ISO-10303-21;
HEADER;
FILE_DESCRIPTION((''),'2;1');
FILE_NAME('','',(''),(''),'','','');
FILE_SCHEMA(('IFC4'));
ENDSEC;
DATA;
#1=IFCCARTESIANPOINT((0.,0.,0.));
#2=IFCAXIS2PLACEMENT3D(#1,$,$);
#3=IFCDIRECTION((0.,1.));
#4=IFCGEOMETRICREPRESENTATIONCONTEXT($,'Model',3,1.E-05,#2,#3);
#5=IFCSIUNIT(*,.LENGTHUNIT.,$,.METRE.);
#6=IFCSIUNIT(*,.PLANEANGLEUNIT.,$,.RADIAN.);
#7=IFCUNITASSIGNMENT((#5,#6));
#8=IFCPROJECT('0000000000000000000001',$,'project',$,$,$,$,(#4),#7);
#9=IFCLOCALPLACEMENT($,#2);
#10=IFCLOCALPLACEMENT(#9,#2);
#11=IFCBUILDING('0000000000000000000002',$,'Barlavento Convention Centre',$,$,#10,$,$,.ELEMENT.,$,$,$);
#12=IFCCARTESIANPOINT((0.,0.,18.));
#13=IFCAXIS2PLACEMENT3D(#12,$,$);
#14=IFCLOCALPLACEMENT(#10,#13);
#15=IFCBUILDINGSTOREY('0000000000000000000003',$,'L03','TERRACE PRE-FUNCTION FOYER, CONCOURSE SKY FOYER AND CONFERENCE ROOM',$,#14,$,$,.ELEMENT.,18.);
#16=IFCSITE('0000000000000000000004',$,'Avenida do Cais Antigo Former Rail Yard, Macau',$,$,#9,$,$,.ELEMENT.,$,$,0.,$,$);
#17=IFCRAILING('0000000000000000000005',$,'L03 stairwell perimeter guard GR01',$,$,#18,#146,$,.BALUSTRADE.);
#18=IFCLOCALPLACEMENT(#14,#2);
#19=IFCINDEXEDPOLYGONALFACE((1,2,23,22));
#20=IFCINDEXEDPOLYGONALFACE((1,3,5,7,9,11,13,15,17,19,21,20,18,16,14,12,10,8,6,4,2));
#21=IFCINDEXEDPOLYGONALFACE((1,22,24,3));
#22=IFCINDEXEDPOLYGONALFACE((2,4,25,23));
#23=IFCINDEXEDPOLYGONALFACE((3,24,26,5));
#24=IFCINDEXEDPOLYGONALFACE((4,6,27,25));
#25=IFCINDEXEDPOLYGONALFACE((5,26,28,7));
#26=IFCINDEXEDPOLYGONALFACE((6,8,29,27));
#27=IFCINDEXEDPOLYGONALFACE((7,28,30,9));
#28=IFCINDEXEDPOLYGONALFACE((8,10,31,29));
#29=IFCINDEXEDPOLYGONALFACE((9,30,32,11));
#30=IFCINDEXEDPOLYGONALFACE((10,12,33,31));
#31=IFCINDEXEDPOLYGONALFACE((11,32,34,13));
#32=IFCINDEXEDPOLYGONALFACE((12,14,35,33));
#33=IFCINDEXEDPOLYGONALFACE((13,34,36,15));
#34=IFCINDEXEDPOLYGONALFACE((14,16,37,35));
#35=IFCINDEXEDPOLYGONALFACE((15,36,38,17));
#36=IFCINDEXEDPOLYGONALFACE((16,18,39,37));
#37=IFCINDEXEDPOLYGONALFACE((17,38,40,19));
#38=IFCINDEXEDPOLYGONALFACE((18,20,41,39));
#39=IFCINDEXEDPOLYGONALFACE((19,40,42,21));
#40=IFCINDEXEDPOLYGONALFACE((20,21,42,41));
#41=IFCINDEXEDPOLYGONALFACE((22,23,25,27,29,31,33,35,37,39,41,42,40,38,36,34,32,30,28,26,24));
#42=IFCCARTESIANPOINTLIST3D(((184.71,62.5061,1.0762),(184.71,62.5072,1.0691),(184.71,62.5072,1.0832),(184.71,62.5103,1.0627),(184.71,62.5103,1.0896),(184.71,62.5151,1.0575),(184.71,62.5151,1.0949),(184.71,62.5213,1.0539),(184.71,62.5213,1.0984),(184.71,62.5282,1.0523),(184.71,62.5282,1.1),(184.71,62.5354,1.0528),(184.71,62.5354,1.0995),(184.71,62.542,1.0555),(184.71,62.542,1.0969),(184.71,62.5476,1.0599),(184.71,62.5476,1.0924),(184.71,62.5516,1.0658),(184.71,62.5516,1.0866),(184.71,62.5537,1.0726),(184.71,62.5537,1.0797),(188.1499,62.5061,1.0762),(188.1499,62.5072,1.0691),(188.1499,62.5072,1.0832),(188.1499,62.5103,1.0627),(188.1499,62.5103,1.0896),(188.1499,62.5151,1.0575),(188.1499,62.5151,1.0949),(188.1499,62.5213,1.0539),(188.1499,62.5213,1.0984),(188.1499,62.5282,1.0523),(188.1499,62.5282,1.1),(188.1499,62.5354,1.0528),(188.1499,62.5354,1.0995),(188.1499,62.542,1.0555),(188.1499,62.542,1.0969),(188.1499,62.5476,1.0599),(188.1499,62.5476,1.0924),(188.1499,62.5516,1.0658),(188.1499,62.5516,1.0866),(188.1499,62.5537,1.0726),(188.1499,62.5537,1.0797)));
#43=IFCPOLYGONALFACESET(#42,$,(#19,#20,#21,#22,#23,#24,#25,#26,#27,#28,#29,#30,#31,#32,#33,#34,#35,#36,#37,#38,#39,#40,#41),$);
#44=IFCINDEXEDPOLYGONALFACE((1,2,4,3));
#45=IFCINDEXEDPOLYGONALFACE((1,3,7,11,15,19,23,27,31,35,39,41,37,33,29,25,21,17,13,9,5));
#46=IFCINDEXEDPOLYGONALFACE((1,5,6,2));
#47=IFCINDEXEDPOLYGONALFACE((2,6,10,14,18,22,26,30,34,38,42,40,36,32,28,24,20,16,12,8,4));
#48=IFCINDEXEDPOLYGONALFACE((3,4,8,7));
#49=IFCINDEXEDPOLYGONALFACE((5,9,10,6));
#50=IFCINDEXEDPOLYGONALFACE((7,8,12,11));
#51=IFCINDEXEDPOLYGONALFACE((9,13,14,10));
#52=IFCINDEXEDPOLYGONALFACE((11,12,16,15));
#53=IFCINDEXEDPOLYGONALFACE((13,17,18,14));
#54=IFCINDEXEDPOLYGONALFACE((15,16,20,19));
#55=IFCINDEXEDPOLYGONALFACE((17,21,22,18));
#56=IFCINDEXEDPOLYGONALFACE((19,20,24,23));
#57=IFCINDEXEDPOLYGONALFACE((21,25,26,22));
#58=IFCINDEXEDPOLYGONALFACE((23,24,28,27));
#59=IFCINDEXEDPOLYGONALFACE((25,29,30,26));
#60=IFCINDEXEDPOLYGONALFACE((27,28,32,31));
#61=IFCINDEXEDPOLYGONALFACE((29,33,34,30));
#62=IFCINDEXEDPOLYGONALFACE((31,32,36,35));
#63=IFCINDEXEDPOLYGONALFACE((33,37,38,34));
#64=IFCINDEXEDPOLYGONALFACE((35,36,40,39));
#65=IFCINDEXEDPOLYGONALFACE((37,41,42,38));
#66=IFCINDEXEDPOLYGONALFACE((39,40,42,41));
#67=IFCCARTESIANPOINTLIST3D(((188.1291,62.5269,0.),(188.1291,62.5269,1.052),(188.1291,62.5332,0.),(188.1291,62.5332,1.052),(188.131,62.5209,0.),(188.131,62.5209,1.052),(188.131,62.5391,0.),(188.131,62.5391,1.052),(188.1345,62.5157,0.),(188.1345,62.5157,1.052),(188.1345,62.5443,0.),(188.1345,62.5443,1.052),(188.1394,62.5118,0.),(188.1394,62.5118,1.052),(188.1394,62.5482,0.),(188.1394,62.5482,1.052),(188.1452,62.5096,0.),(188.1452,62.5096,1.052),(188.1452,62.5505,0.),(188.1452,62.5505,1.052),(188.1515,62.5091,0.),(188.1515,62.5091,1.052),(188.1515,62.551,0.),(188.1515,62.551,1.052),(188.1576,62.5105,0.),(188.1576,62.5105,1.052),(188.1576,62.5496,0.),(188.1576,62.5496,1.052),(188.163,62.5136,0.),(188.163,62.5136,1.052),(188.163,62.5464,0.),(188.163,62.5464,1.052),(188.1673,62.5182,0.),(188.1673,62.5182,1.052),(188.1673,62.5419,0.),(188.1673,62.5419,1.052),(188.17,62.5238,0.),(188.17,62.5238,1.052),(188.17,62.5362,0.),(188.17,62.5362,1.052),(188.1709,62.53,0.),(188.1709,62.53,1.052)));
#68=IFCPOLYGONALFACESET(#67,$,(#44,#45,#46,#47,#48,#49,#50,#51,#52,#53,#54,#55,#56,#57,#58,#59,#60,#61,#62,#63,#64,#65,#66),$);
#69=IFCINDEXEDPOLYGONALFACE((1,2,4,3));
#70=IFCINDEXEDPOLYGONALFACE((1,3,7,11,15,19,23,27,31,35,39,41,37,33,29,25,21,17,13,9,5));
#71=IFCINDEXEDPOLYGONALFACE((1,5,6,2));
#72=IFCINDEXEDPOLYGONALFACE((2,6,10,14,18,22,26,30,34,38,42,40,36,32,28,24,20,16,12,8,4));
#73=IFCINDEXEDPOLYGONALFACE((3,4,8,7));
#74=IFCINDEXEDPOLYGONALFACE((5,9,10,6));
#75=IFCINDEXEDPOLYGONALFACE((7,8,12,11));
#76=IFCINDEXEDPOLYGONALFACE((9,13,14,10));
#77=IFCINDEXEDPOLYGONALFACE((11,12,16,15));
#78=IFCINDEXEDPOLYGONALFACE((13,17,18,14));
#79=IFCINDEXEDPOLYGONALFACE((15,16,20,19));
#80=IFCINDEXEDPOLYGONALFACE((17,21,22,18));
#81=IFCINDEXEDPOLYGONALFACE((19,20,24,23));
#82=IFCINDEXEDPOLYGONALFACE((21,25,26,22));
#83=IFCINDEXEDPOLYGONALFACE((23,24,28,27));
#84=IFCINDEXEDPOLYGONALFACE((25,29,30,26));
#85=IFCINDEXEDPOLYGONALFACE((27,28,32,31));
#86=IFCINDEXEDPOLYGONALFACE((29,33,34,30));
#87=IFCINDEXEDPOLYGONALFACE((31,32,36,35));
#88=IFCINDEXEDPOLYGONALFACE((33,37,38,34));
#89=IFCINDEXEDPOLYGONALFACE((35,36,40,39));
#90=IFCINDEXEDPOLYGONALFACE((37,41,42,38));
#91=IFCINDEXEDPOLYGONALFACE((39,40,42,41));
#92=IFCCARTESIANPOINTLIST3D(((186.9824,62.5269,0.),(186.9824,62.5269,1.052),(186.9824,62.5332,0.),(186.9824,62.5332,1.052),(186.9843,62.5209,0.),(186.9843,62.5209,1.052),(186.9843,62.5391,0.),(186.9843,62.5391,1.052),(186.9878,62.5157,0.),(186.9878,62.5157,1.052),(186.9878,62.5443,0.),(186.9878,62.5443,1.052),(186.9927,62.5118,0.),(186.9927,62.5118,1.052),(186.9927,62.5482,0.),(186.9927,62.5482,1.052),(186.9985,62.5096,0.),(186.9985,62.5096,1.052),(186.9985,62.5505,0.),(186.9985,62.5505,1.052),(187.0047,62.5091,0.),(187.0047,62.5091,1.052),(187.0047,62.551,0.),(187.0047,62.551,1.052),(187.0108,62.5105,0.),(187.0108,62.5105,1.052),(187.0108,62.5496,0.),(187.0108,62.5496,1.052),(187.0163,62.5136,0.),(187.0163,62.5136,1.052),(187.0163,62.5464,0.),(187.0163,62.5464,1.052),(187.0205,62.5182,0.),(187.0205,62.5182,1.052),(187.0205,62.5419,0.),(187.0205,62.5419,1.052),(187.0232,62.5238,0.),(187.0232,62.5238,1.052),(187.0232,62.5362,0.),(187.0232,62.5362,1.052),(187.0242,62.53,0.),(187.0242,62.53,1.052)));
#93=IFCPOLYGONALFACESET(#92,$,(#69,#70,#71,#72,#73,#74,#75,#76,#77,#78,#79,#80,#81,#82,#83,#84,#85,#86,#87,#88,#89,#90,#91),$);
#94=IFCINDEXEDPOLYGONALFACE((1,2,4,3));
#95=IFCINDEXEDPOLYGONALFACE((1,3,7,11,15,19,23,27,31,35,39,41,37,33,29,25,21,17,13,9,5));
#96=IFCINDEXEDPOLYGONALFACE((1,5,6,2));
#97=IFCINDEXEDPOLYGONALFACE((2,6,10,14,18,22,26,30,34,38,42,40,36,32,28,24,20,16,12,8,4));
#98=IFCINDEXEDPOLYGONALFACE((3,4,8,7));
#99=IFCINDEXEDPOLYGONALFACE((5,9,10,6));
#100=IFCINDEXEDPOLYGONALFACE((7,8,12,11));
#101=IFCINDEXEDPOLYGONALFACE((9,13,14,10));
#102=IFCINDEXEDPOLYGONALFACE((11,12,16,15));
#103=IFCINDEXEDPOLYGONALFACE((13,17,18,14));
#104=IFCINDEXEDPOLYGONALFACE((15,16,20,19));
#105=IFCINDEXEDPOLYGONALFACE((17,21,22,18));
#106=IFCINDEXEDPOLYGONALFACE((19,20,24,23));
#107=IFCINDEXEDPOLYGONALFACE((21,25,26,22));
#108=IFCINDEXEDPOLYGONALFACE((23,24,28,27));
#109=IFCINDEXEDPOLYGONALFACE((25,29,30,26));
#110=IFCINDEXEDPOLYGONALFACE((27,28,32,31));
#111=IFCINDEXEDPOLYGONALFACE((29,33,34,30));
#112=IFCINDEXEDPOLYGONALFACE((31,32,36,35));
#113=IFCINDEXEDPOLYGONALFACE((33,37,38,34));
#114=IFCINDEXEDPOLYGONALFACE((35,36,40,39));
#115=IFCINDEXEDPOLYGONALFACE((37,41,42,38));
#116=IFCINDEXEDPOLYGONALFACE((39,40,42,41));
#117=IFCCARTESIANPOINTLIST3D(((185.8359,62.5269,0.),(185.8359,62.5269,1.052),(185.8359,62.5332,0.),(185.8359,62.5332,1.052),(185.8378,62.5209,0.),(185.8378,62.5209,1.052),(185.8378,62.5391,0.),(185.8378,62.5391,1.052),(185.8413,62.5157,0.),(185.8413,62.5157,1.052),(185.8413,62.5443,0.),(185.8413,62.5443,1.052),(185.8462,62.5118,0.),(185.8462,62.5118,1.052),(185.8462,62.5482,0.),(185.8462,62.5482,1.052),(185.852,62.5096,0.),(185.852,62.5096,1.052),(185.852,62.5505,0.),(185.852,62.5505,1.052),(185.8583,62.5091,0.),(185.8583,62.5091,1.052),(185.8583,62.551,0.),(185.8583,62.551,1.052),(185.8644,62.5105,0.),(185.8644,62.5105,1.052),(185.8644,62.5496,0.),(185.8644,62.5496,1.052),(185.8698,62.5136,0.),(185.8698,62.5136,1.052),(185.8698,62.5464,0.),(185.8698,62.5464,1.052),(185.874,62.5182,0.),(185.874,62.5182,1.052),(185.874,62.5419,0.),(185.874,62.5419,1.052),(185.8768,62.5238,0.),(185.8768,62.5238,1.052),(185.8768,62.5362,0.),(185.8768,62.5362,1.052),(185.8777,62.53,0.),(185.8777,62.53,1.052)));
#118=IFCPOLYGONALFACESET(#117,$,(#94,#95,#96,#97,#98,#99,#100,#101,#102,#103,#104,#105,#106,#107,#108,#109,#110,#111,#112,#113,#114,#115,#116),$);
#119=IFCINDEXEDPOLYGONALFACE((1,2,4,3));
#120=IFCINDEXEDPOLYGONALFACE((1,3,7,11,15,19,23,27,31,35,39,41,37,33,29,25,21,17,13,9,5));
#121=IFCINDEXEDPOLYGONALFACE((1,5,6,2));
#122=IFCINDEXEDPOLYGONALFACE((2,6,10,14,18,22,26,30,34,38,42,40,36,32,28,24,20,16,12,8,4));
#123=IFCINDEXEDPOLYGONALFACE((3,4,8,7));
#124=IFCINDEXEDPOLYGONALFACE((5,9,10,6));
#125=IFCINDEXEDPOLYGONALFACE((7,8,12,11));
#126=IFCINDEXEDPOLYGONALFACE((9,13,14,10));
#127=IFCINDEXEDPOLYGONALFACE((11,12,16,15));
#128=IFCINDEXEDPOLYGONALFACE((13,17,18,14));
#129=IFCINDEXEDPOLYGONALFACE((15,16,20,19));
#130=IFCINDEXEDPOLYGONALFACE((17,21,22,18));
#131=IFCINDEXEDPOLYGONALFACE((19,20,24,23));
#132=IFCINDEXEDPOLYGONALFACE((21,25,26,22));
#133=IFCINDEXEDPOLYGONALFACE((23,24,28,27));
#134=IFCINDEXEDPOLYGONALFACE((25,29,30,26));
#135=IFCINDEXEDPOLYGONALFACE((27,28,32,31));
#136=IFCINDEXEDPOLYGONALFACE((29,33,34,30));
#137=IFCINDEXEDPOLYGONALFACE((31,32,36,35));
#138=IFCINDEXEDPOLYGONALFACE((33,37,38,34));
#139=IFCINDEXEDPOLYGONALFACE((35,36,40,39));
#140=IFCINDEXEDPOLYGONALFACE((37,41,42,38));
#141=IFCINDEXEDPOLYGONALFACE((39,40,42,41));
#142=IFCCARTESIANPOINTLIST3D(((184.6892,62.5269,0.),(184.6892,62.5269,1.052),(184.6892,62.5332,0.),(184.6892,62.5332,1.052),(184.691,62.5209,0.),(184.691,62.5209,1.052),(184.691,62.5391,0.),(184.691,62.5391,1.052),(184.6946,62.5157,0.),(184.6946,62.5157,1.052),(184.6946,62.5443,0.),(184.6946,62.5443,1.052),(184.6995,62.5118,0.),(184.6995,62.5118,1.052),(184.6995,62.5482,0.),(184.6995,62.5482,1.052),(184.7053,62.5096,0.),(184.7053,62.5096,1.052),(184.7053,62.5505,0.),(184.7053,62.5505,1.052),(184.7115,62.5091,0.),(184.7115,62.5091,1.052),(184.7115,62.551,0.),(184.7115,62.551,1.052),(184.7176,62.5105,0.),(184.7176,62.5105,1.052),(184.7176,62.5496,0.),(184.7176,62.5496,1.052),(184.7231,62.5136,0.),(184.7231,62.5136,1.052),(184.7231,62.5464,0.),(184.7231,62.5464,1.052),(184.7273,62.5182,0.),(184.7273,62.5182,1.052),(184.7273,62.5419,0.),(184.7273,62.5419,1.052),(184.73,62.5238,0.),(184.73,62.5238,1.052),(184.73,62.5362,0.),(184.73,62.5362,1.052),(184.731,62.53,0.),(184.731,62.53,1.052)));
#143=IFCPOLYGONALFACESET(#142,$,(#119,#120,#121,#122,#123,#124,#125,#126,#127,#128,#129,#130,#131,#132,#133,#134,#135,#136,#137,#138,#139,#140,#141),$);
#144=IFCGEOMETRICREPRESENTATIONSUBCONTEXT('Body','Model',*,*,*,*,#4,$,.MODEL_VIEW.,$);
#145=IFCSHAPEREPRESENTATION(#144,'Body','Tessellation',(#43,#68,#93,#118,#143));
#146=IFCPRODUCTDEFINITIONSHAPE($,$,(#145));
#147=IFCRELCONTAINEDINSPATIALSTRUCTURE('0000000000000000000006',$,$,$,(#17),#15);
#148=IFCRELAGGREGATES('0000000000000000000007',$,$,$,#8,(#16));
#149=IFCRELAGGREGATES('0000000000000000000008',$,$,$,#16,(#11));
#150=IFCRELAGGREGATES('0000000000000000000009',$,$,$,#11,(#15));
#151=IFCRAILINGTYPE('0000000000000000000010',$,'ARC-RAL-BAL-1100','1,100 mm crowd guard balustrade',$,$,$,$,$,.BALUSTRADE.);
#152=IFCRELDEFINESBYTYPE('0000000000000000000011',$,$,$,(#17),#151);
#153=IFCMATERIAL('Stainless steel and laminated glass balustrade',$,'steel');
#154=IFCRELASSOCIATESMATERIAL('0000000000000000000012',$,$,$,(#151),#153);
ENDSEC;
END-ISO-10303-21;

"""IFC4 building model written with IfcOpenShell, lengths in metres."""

from ifc_helpers import new_model, si_unit, direction, frame, origin, origin_2d, place, context, subcontext, project, spatial, circle, extrude, material, type_object, element, save


model = new_model("IFC4")

# Units and contexts
model_context = context("Model", 3, precision=1e-05, world=origin(), true_north=direction((0.0, 1.0)))
body_context = subcontext(model_context, "Body", "Model", "MODEL_VIEW")
ifc_project = project(units=[si_unit("LENGTHUNIT", "METRE"), si_unit("PLANEANGLEUNIT", "RADIAN")], contexts=[model_context])

# Site, building, storey
site_placement = place(None, origin())
site = spatial("IfcSite", under=ifc_project, at=site_placement, Name="Avenida do Cais Antigo Former Rail Yard, Macau", CompositionType="ELEMENT", RefElevation=0.0)
building_placement = place(site_placement, origin())
building = spatial("IfcBuilding", under=site, at=building_placement, Name="Barlavento Convention Centre", CompositionType="ELEMENT")
storey_placement = place(building_placement, frame((0.0, 0.0, 18.0)))
storey = spatial("IfcBuildingStorey", under=building, at=storey_placement, Name="L03", Description="TERRACE PRE-FUNCTION FOYER, CONCOURSE SKY FOYER AND CONFERENCE ROOM", CompositionType="ELEMENT", Elevation=18.0)

# Railing
ifc_material_1 = material(Name="Stainless steel and laminated glass balustrade", Category="steel")
railing_type_1 = type_object("IfcRailingType", Name="ARC-RAL-BAL-1100", Description="1,100 mm crowd guard balustrade", PredefinedType="BALUSTRADE", material=ifc_material_1)
railing_1_placement = place(storey_placement, frame((188.1499, 62.53, 0.0)))
element("IfcRailing", 1, at=railing_1_placement, inside=storey, type_object=railing_type_1, Name="L03 stairwell perimeter guard GR01", PredefinedType="BALUSTRADE", context=body_context, shape_type="SweptSolid", body=[
    extrude(circle(Radius=0.0239, at=origin_2d()), frame((0.0, 0.0, 1.0762), z_axis=(-1.0, 0.0, 0.0), x_axis=(0.0, -1.0, 0.0)), (0.0, 0.0, 1.0), 3.4399),
    extrude(circle(Radius=0.021, at=origin_2d()), origin(), (0.0, 0.0, 1.0), 1.052),
    extrude(circle(Radius=0.021, at=origin_2d()), frame((-1.1467, 0.0, 0.0)), (0.0, 0.0, 1.0), 1.052),
    extrude(circle(Radius=0.021, at=origin_2d()), frame((-2.2932, 0.0, 0.0)), (0.0, 0.0, 1.0), 1.052),
    extrude(circle(Radius=0.021, at=origin_2d()), frame((-3.4399, 0.0, 0.0)), (0.0, 0.0, 1.0), 1.052),
])

save(model, "model.ifc")
